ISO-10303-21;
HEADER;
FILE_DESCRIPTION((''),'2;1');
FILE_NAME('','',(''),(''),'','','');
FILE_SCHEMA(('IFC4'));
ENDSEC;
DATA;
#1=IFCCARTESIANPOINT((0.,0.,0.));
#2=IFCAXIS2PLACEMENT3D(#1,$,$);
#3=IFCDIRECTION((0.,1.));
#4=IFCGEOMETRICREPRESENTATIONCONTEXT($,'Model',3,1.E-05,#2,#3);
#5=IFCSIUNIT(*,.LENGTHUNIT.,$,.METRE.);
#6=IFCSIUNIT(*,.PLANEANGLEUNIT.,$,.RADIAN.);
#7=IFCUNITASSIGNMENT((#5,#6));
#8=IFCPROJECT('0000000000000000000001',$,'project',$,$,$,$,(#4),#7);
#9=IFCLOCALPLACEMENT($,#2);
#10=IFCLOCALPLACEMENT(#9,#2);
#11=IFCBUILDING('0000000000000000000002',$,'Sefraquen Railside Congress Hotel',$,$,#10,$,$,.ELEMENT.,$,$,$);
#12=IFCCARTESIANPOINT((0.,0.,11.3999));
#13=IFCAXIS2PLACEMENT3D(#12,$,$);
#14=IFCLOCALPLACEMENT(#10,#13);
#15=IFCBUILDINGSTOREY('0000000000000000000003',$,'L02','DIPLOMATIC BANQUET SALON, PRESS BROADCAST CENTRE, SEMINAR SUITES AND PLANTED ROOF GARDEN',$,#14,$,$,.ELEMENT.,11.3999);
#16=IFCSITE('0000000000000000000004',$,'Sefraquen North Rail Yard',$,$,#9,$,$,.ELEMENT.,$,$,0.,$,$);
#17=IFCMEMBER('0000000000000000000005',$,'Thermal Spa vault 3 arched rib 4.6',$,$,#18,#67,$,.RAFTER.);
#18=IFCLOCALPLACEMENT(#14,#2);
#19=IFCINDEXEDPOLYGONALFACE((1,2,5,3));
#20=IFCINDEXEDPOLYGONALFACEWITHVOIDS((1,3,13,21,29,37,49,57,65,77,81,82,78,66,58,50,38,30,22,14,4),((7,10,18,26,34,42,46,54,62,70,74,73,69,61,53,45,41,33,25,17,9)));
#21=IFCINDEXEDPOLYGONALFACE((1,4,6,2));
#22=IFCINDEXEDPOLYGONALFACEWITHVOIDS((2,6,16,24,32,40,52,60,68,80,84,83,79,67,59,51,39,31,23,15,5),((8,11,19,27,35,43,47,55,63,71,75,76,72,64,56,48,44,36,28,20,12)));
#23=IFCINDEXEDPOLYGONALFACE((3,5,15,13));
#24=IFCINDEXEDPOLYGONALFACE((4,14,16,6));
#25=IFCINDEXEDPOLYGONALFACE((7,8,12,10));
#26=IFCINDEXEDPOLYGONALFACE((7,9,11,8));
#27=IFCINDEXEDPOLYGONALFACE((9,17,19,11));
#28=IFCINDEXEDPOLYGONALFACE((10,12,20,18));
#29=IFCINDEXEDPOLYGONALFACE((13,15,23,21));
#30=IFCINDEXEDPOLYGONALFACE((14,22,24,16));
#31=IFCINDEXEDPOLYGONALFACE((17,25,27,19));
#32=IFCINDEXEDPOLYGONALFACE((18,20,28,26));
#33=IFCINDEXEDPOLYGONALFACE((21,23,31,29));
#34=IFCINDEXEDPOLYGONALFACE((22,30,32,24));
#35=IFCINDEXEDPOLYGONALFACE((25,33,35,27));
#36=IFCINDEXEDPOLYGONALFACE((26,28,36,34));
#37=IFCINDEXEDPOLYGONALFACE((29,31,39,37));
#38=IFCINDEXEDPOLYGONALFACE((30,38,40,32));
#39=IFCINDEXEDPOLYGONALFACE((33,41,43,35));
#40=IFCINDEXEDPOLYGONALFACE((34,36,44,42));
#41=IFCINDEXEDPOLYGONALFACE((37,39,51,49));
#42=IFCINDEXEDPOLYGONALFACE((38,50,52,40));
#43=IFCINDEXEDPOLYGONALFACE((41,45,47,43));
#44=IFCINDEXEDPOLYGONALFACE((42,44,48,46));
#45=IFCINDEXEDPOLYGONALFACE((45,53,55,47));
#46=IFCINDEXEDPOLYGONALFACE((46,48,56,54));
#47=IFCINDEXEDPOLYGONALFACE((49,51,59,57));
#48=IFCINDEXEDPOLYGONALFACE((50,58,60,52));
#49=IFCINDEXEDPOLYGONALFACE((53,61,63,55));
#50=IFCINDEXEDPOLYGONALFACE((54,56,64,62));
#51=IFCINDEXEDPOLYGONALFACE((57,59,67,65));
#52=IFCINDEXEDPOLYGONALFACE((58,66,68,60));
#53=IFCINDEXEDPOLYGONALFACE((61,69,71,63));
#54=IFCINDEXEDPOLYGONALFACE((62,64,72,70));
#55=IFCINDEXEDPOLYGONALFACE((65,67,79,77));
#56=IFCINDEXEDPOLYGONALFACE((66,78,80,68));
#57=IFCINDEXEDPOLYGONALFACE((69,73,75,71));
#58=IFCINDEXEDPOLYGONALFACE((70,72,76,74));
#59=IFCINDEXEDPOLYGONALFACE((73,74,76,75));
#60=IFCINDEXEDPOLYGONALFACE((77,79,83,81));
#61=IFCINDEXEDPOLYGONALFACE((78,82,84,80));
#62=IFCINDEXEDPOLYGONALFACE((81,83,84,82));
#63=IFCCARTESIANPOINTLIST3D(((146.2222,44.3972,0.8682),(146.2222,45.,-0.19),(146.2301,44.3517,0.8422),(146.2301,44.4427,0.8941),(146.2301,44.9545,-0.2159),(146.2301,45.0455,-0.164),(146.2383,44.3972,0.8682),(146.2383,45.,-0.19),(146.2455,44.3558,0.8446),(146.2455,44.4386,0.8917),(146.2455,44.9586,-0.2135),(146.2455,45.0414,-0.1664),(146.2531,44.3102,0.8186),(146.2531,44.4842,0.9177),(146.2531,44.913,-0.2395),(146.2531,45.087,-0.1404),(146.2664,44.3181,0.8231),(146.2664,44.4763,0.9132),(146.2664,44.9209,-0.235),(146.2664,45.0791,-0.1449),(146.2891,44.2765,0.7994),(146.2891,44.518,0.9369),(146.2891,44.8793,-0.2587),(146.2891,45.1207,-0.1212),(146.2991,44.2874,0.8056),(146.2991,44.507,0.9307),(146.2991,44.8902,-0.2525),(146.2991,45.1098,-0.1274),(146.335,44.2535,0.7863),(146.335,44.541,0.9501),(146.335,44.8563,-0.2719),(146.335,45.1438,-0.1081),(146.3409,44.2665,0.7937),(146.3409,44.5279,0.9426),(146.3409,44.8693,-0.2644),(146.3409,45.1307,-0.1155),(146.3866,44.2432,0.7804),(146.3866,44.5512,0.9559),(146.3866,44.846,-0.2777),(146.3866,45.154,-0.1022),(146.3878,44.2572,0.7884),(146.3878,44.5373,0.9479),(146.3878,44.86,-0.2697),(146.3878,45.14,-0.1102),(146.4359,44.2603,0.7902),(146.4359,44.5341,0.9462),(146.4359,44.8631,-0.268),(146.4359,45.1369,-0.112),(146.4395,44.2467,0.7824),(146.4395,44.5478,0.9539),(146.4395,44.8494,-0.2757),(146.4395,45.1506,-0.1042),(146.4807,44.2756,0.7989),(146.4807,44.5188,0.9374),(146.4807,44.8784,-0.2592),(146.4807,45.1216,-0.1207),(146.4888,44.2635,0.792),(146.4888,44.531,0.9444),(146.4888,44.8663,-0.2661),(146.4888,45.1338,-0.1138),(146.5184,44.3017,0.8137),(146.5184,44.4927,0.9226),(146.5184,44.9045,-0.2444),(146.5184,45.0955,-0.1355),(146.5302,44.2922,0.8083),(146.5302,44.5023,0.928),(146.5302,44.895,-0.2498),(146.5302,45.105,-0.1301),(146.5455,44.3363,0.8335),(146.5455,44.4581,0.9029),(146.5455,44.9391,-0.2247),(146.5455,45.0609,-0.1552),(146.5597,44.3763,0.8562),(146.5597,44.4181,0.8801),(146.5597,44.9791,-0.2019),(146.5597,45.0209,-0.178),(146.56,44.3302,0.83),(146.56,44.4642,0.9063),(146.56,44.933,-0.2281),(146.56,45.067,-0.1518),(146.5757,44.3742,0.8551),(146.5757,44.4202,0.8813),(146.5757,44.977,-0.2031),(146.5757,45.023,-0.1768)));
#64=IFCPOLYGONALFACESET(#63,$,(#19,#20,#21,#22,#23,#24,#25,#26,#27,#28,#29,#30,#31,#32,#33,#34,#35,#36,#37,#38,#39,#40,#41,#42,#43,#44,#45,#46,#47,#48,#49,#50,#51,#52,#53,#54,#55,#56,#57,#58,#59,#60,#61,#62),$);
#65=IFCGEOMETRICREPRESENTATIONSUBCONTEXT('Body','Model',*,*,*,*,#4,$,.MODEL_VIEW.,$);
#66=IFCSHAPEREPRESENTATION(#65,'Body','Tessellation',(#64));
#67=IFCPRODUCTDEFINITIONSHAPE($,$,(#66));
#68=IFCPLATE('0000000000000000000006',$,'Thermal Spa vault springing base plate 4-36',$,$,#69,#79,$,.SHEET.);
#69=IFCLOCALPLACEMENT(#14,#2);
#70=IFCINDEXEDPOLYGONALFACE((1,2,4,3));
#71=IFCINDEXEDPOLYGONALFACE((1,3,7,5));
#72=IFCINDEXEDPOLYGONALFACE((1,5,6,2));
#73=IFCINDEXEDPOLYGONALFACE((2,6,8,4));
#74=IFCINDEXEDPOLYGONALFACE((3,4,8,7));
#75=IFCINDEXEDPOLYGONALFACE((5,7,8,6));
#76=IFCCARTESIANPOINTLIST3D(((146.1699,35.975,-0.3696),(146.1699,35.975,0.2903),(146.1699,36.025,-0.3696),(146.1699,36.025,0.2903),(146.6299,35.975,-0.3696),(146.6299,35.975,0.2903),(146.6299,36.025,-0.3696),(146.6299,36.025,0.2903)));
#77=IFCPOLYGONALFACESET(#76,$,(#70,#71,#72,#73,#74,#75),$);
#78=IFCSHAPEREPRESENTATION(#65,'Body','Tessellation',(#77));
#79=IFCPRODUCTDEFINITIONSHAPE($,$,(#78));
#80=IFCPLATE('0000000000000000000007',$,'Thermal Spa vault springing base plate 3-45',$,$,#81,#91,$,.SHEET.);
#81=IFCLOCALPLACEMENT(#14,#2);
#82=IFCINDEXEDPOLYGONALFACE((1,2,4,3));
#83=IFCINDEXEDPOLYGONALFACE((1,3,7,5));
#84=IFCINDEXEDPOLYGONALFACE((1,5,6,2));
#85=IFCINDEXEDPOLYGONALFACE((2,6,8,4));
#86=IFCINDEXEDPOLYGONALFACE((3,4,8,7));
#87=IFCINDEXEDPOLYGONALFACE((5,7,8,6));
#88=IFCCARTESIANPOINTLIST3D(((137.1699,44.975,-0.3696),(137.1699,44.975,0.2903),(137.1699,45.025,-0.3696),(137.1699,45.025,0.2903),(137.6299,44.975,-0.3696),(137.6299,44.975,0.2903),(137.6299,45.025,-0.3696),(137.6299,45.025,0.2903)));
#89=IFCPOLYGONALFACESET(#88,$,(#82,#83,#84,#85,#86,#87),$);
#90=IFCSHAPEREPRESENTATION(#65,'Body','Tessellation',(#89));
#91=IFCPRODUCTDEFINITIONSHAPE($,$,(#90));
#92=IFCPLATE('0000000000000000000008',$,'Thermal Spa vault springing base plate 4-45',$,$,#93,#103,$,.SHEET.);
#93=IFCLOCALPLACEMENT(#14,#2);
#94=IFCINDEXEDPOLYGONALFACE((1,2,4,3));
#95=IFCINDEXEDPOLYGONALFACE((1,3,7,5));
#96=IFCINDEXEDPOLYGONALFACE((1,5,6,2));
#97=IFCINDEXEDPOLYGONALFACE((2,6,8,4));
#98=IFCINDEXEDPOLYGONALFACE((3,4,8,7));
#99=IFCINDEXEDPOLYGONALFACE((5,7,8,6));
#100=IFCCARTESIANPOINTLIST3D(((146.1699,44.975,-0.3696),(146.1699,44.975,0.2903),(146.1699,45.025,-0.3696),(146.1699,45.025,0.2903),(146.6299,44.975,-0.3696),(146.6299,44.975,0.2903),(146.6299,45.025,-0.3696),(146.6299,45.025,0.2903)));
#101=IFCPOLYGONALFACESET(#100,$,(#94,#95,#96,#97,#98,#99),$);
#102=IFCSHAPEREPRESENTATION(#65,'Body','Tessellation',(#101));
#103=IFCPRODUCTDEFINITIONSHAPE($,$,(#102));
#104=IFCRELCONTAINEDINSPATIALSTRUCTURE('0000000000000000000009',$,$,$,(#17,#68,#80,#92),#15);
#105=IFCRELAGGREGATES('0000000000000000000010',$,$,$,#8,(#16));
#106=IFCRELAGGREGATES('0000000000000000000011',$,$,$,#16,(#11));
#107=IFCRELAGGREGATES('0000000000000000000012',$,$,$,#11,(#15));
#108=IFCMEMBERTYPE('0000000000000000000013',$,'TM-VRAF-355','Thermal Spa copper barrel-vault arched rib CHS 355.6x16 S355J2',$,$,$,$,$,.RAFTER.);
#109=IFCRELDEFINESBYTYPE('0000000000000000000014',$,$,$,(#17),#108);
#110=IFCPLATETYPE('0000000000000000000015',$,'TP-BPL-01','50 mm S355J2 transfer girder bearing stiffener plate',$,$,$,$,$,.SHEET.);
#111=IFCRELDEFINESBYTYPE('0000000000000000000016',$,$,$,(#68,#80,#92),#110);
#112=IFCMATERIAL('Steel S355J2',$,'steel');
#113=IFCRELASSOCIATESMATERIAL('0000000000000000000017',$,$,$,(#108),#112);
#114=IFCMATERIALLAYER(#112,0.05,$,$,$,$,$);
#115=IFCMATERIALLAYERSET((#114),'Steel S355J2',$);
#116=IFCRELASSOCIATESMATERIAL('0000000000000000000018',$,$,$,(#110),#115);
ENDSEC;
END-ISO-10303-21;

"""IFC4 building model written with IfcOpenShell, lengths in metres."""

from ifc_helpers import new_model, si_unit, direction, frame, origin, origin_2d, place, context, subcontext, project, spatial, rectangle, hollow_circle, extrude, material, layer, layer_set, material_profile, profile_set, type_object, element, save


model = new_model("IFC4")

# Units and contexts
model_context = context("Model", 3, precision=1e-05, world=origin(), true_north=direction((0.0, 1.0)))
body_context = subcontext(model_context, "Body", "Model", "MODEL_VIEW")
ifc_project = project(units=[si_unit("LENGTHUNIT", "METRE"), si_unit("PLANEANGLEUNIT", "RADIAN")], contexts=[model_context])

# Site, building, storey
site_placement = place(None, origin())
site = spatial("IfcSite", under=ifc_project, at=site_placement, Name="Sefraquen North Rail Yard", CompositionType="ELEMENT", RefElevation=0.0)
building_placement = place(site_placement, origin())
building = spatial("IfcBuilding", under=site, at=building_placement, Name="Sefraquen Railside Congress Hotel", CompositionType="ELEMENT")
storey_placement = place(building_placement, frame((0.0, 0.0, 11.3999)))
storey = spatial("IfcBuildingStorey", under=building, at=storey_placement, Name="L02", Description="DIPLOMATIC BANQUET SALON, PRESS BROADCAST CENTRE, SEMINAR SUITES AND PLANTED ROOF GARDEN", CompositionType="ELEMENT", Elevation=11.3999)

# Member
ifc_material_1 = material(Name="Steel S355J2", Category="steel")
ifc_material_profile_1 = material_profile(ifc_material_1, hollow_circle(Radius=0.1777, WallThickness=0.0161, at=origin_2d()), Name="CHS 355.6x16")
ifc_profile_set_1 = profile_set([ifc_material_profile_1], Name="Steel S355J2")
member_type = type_object("IfcMemberType", Name="TM-VRAF-355", Description="Thermal Spa copper barrel-vault arched rib CHS 355.6x16 S355J2", PredefinedType="RAFTER", material=ifc_profile_set_1)
member_1_placement = place(storey_placement, frame((146.3999, 44.3972, 0.8682), z_axis=(0.0, 0.494994, -0.868896), x_axis=(-1.0, 0.0, 0.0)))
element("IfcMember", 1, at=member_1_placement, inside=storey, type_object=member_type, Name="Thermal Spa vault 3 arched rib 4.6", PredefinedType="RAFTER", context=body_context, shape_type="SweptSolid", body=[
    extrude(hollow_circle(Radius=0.1777, WallThickness=0.0161, at=origin_2d()), origin(), (0.0, 0.0, 1.0), 1.2178),
])

# Plates
ifc_layer = layer(ifc_material_1, 0.05)
ifc_layer_set = layer_set([ifc_layer], Name="Steel S355J2")
plate_type = type_object("IfcPlateType", Name="TP-BPL-01", Description="50 mm S355J2 transfer girder bearing stiffener plate", PredefinedType="SHEET", material=ifc_layer_set)
for number, where, z_axis, x_axis, name in (
    (2, (146.3999, 36.0, -0.3696), (0.0, 0.0, 1.0), (1.0, 0.0, 0.0), "Thermal Spa vault springing base plate 4-36"),
    (3, (137.3999, 45.0, -0.3696), (0.0, 0.0, 1.0), (1.0, 0.0, 0.0), "Thermal Spa vault springing base plate 3-45"),
    (4, (146.3999, 45.0, -0.3696), (0.0, 0.0, 1.0), (1.0, 0.0, 0.0), "Thermal Spa vault springing base plate 4-45"),
):
    element("IfcPlate", number, at=place(storey_placement, frame(where, z_axis=z_axis, x_axis=x_axis)), inside=storey, type_object=plate_type, Name=name, PredefinedType="SHEET", context=body_context, shape_type="SweptSolid", body=[
        extrude(rectangle(XDim=0.46, YDim=0.05, at=origin_2d()), origin(), (0.0, 0.0, 1.0), 0.6599),
    ])

save(model, "model.ifc")
